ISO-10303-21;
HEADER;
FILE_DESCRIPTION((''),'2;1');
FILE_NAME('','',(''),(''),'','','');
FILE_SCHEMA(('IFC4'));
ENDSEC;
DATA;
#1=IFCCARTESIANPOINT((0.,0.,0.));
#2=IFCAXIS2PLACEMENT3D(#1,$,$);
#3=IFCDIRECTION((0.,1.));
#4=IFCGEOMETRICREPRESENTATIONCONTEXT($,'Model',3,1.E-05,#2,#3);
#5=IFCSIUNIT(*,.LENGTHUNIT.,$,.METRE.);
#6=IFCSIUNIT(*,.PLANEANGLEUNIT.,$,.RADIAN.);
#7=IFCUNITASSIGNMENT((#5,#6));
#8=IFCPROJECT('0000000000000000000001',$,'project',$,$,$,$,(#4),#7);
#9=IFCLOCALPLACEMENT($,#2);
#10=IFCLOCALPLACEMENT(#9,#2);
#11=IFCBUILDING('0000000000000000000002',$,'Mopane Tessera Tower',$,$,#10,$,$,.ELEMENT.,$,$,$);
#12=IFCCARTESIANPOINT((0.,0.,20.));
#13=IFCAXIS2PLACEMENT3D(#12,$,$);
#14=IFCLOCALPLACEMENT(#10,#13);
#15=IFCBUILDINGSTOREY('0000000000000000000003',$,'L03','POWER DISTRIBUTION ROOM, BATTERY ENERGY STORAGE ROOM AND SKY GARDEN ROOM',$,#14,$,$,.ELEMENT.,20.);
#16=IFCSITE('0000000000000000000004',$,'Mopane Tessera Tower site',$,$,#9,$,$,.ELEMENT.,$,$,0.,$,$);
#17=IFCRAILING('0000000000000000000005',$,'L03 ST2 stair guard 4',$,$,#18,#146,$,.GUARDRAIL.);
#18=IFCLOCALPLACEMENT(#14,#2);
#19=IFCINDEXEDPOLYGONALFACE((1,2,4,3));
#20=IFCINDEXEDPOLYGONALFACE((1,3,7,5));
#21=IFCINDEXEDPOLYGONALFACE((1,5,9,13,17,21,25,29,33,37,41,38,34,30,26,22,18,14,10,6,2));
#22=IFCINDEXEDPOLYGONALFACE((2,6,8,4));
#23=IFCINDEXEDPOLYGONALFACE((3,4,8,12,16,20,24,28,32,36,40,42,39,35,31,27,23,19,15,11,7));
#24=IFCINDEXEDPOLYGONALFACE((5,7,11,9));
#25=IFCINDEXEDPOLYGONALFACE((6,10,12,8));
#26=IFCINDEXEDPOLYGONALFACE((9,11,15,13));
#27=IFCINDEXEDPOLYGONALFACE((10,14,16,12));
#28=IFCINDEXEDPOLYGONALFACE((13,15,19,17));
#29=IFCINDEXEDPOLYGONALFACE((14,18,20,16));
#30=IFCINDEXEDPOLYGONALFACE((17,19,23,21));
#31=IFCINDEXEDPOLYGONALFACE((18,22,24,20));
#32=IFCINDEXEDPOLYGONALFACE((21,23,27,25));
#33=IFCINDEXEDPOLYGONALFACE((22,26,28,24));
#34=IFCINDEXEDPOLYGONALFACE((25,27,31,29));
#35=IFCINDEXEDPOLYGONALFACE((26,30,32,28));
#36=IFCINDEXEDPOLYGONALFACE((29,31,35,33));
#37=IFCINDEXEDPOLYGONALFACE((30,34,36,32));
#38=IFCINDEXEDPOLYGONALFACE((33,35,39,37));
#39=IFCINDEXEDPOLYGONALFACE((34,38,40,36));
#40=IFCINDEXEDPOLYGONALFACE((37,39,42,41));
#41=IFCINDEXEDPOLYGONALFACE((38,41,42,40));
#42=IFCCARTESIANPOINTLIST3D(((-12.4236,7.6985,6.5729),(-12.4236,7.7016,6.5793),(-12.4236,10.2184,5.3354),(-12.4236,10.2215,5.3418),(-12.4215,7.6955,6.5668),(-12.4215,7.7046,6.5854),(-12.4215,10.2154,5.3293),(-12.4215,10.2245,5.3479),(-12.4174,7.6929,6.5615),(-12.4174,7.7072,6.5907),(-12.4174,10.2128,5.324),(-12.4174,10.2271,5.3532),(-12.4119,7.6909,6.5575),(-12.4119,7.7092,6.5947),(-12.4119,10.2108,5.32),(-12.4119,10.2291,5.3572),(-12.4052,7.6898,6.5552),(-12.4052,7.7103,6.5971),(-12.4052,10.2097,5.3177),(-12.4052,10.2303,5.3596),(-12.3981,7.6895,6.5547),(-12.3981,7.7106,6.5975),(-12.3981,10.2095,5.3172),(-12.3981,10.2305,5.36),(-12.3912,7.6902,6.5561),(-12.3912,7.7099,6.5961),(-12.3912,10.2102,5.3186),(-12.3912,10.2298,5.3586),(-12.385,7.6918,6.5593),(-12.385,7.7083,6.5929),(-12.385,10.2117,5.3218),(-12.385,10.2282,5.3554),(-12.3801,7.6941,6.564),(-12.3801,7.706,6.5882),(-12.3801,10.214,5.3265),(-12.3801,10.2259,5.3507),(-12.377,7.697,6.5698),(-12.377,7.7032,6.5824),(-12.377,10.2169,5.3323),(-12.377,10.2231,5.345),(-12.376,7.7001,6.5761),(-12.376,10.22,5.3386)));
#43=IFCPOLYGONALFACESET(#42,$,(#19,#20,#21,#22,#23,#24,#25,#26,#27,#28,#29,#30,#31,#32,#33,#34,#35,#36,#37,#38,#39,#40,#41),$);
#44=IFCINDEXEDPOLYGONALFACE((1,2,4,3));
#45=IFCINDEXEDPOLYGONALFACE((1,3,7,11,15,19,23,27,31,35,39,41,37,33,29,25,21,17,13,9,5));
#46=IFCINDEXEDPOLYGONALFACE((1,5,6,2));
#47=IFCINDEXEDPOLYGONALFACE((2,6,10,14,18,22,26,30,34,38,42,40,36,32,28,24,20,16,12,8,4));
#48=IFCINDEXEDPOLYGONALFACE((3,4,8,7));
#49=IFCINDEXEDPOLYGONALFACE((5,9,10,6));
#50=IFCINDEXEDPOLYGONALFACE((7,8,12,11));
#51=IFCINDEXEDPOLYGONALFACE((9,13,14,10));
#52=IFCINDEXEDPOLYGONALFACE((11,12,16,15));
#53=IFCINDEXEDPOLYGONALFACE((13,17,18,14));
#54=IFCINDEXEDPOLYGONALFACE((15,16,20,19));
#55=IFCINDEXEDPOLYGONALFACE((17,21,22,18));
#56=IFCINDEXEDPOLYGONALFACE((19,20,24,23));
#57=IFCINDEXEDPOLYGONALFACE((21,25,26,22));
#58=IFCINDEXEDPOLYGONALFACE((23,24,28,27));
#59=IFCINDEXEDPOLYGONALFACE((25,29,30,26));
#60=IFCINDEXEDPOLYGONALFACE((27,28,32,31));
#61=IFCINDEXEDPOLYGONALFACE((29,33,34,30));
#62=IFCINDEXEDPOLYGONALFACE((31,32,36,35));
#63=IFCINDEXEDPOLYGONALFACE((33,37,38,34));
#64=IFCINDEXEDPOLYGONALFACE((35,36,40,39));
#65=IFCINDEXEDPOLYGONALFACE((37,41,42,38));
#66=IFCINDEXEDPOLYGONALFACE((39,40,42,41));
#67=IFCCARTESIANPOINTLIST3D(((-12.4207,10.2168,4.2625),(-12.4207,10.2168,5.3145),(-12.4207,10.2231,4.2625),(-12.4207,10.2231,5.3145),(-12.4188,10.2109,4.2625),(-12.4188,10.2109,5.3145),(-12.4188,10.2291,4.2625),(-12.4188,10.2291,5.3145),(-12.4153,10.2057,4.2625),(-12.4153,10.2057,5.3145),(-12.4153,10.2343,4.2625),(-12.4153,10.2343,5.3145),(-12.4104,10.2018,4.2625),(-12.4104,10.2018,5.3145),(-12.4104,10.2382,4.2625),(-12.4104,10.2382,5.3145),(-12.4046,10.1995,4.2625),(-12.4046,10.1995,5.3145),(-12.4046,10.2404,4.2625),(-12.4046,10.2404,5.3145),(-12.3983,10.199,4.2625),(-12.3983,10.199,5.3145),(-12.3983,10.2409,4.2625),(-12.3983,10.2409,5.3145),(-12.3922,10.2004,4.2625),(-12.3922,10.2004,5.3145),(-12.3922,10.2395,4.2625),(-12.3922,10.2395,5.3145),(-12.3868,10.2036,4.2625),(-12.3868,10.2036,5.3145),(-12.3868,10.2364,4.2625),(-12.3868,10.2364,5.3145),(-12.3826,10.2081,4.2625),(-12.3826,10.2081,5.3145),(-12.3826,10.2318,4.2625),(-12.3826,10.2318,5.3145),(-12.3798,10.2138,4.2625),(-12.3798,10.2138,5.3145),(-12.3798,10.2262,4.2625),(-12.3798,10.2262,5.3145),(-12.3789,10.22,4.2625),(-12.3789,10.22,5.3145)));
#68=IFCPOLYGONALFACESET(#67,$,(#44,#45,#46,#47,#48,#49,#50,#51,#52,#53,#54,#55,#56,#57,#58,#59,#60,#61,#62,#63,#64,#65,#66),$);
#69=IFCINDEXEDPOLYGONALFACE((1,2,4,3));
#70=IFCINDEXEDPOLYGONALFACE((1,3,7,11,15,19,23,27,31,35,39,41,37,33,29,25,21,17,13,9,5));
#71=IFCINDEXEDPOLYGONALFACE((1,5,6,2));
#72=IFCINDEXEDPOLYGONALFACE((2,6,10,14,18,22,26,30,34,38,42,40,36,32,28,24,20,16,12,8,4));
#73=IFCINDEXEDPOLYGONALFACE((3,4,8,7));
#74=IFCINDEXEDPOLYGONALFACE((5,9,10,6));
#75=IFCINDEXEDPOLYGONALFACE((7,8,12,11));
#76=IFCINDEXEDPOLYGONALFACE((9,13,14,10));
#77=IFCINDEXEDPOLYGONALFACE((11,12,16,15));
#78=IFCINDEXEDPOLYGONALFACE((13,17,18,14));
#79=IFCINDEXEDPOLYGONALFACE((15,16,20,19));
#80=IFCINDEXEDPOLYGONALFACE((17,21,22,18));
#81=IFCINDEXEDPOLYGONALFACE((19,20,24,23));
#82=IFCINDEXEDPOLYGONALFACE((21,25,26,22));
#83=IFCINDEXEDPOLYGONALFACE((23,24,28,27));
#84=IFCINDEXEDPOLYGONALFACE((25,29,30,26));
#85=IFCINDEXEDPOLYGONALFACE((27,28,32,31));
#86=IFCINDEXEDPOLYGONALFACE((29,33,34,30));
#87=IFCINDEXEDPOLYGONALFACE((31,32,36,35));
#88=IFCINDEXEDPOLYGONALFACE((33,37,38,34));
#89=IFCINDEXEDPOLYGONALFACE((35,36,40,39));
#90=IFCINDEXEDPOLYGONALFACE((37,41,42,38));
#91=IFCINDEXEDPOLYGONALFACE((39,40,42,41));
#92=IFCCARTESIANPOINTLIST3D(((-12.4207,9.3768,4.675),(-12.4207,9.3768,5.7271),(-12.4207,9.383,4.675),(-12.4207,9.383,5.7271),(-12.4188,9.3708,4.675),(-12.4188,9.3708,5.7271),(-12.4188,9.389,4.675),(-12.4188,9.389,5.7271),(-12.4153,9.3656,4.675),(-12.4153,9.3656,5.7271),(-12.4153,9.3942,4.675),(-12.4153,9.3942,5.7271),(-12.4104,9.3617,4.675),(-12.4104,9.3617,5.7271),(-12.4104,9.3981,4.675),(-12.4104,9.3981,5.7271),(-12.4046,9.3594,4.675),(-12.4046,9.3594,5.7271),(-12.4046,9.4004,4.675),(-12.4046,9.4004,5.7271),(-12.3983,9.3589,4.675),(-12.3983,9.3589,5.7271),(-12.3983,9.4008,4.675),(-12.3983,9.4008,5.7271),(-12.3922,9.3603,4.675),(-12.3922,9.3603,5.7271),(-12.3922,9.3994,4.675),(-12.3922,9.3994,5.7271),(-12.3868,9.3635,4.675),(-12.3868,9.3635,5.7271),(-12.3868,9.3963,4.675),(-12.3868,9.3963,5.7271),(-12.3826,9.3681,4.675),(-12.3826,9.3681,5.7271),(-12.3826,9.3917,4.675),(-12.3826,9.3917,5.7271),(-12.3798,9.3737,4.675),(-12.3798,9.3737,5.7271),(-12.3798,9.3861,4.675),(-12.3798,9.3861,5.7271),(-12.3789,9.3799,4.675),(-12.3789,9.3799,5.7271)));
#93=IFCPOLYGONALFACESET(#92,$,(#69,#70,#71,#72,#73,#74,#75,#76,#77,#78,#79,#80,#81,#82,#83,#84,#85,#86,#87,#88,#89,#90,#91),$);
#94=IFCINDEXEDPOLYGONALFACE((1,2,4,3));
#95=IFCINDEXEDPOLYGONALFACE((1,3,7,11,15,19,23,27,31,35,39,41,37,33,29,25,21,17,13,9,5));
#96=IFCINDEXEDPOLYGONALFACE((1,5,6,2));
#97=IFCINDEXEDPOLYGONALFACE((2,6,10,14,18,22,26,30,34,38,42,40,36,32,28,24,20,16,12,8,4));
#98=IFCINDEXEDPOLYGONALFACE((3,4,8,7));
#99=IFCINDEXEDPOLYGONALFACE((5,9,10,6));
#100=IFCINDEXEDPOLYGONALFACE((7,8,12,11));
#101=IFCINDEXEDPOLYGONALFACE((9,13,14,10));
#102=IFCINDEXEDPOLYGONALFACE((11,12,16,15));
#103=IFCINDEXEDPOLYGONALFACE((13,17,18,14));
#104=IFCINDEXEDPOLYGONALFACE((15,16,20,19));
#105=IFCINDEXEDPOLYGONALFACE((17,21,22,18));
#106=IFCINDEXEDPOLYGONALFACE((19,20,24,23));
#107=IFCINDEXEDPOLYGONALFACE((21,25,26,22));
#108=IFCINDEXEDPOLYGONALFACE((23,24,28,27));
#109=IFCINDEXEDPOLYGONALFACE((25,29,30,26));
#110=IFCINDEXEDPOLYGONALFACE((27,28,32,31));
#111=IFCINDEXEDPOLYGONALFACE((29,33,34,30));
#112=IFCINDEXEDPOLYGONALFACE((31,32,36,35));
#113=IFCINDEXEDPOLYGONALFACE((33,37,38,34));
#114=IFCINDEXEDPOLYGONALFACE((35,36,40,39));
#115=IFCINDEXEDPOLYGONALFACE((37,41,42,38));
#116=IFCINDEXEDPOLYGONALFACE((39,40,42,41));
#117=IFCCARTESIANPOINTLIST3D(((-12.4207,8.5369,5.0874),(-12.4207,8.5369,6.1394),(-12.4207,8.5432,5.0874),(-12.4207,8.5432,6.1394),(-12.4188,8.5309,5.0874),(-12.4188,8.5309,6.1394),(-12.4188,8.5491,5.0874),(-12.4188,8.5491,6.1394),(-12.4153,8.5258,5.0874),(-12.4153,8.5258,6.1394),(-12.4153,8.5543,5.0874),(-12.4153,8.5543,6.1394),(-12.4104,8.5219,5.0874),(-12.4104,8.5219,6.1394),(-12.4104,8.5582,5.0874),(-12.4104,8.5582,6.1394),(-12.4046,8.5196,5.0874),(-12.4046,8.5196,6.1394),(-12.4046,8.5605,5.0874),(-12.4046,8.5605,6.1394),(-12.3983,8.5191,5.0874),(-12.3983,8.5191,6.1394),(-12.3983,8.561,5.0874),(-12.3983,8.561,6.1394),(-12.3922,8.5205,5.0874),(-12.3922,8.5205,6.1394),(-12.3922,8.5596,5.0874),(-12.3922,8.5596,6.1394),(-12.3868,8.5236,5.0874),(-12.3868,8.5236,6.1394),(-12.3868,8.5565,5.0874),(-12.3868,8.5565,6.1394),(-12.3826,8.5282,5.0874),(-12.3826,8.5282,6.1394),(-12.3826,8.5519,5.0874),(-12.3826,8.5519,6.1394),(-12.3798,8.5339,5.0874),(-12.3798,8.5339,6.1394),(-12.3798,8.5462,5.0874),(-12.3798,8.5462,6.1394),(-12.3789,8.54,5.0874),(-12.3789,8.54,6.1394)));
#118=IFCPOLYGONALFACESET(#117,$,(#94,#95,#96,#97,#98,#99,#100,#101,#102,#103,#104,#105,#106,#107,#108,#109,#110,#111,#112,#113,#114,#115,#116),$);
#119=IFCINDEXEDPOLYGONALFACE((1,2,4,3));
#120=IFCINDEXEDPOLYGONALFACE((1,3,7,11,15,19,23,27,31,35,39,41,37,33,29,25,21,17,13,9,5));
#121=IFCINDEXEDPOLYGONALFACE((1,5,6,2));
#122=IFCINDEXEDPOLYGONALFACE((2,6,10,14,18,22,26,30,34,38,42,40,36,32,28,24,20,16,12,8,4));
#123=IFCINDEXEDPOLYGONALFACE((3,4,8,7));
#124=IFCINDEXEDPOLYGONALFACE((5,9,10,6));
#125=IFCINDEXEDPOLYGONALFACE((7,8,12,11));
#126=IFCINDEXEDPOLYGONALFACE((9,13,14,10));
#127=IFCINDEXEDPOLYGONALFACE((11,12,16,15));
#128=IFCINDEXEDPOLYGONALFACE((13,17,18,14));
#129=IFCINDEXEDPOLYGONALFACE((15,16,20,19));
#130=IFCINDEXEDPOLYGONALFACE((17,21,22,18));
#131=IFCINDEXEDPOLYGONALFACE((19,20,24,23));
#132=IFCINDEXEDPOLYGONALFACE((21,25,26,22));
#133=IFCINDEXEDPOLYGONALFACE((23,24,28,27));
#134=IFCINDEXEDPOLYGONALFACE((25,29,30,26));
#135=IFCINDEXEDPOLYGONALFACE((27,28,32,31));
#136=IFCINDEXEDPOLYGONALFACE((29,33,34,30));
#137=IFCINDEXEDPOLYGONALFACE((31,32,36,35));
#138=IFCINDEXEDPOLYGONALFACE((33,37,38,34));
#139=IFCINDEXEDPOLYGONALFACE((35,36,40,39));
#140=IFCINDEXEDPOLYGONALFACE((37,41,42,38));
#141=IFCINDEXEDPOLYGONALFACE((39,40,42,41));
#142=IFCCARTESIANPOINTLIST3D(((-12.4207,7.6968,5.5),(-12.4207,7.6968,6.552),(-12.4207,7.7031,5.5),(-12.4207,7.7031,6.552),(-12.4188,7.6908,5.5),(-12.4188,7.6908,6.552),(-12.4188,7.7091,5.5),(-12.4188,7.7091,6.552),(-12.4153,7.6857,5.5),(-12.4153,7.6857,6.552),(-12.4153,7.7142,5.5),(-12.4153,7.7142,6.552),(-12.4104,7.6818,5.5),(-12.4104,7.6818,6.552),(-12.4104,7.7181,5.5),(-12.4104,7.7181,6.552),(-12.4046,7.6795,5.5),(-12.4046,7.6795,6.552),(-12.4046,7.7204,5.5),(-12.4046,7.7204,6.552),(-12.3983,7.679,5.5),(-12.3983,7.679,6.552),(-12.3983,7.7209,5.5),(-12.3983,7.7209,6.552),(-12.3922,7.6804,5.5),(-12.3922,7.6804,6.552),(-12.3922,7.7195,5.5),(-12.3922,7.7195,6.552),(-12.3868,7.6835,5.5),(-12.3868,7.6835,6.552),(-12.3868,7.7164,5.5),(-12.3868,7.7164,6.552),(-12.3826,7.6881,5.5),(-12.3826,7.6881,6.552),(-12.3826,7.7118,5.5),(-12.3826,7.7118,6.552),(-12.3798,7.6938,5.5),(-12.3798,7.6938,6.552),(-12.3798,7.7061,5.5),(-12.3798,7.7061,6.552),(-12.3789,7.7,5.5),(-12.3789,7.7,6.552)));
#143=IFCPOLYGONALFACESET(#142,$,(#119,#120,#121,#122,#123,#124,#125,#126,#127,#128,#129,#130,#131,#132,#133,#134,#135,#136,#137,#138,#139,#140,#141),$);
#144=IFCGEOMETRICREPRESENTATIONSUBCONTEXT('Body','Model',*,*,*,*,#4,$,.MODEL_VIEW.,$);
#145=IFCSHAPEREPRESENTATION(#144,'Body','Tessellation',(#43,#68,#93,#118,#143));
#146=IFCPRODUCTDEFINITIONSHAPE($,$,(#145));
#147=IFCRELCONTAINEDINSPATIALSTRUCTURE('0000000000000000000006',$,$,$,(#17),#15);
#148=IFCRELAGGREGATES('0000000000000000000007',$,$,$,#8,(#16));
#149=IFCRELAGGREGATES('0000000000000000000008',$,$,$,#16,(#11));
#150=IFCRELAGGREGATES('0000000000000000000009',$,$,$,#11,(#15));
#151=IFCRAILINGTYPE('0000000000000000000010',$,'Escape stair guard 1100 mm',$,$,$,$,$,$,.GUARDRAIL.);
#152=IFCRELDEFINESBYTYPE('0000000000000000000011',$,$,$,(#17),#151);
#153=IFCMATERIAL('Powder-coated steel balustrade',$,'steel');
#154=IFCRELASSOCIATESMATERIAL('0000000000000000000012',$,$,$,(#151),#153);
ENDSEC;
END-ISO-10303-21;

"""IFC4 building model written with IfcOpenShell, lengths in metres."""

from ifc_helpers import new_model, si_unit, direction, frame, origin, origin_2d, place, context, subcontext, project, spatial, circle, extrude, material, type_object, element, save


model = new_model("IFC4")

# Units and contexts
model_context = context("Model", 3, precision=1e-05, world=origin(), true_north=direction((0.0, 1.0)))
body_context = subcontext(model_context, "Body", "Model", "MODEL_VIEW")
ifc_project = project(units=[si_unit("LENGTHUNIT", "METRE"), si_unit("PLANEANGLEUNIT", "RADIAN")], contexts=[model_context])

# Site, building, storey
site_placement = place(None, origin())
site = spatial("IfcSite", under=ifc_project, at=site_placement, Name="Mopane Tessera Tower site", CompositionType="ELEMENT", RefElevation=0.0)
building_placement = place(site_placement, origin())
building = spatial("IfcBuilding", under=site, at=building_placement, Name="Mopane Tessera Tower", CompositionType="ELEMENT")
storey_placement = place(building_placement, frame((0.0, 0.0, 20.0)))
storey = spatial("IfcBuildingStorey", under=building, at=storey_placement, Name="L03", Description="POWER DISTRIBUTION ROOM, BATTERY ENERGY STORAGE ROOM AND SKY GARDEN ROOM", CompositionType="ELEMENT", Elevation=20.0)

# Railing
ifc_material_1 = material(Name="Powder-coated steel balustrade", Category="steel")
railing_type_1 = type_object("IfcRailingType", Name="Escape stair guard 1100 mm", PredefinedType="GUARDRAIL", material=ifc_material_1)
railing_1_placement = place(storey_placement, frame((-12.3999, 10.22, 4.2625)))
element("IfcRailing", 1, at=railing_1_placement, inside=storey, type_object=railing_type_1, Name="L03 ST2 stair guard 4", PredefinedType="GUARDRAIL", context=body_context, shape_type="SweptSolid", body=[
    extrude(circle(Radius=0.0239, at=origin_2d()), frame((0.0, 0.0, 1.0762), z_axis=(0.0, -0.897604, 0.440802), x_axis=(1.0, 0.0, 0.0)), (0.0, 0.0, 1.0), 2.8074),
    extrude(circle(Radius=0.021, at=origin_2d()), origin(), (0.0, 0.0, 1.0), 1.052),
    extrude(circle(Radius=0.021, at=origin_2d()), frame((0.0, -0.8401, 0.4126)), (0.0, 0.0, 1.0), 1.052),
    extrude(circle(Radius=0.021, at=origin_2d()), frame((0.0, -1.6799, 0.825)), (0.0, 0.0, 1.0), 1.052),
    extrude(circle(Radius=0.021, at=origin_2d()), frame((0.0, -2.52, 1.2375)), (0.0, 0.0, 1.0), 1.052),
])

save(model, "model.ifc")
